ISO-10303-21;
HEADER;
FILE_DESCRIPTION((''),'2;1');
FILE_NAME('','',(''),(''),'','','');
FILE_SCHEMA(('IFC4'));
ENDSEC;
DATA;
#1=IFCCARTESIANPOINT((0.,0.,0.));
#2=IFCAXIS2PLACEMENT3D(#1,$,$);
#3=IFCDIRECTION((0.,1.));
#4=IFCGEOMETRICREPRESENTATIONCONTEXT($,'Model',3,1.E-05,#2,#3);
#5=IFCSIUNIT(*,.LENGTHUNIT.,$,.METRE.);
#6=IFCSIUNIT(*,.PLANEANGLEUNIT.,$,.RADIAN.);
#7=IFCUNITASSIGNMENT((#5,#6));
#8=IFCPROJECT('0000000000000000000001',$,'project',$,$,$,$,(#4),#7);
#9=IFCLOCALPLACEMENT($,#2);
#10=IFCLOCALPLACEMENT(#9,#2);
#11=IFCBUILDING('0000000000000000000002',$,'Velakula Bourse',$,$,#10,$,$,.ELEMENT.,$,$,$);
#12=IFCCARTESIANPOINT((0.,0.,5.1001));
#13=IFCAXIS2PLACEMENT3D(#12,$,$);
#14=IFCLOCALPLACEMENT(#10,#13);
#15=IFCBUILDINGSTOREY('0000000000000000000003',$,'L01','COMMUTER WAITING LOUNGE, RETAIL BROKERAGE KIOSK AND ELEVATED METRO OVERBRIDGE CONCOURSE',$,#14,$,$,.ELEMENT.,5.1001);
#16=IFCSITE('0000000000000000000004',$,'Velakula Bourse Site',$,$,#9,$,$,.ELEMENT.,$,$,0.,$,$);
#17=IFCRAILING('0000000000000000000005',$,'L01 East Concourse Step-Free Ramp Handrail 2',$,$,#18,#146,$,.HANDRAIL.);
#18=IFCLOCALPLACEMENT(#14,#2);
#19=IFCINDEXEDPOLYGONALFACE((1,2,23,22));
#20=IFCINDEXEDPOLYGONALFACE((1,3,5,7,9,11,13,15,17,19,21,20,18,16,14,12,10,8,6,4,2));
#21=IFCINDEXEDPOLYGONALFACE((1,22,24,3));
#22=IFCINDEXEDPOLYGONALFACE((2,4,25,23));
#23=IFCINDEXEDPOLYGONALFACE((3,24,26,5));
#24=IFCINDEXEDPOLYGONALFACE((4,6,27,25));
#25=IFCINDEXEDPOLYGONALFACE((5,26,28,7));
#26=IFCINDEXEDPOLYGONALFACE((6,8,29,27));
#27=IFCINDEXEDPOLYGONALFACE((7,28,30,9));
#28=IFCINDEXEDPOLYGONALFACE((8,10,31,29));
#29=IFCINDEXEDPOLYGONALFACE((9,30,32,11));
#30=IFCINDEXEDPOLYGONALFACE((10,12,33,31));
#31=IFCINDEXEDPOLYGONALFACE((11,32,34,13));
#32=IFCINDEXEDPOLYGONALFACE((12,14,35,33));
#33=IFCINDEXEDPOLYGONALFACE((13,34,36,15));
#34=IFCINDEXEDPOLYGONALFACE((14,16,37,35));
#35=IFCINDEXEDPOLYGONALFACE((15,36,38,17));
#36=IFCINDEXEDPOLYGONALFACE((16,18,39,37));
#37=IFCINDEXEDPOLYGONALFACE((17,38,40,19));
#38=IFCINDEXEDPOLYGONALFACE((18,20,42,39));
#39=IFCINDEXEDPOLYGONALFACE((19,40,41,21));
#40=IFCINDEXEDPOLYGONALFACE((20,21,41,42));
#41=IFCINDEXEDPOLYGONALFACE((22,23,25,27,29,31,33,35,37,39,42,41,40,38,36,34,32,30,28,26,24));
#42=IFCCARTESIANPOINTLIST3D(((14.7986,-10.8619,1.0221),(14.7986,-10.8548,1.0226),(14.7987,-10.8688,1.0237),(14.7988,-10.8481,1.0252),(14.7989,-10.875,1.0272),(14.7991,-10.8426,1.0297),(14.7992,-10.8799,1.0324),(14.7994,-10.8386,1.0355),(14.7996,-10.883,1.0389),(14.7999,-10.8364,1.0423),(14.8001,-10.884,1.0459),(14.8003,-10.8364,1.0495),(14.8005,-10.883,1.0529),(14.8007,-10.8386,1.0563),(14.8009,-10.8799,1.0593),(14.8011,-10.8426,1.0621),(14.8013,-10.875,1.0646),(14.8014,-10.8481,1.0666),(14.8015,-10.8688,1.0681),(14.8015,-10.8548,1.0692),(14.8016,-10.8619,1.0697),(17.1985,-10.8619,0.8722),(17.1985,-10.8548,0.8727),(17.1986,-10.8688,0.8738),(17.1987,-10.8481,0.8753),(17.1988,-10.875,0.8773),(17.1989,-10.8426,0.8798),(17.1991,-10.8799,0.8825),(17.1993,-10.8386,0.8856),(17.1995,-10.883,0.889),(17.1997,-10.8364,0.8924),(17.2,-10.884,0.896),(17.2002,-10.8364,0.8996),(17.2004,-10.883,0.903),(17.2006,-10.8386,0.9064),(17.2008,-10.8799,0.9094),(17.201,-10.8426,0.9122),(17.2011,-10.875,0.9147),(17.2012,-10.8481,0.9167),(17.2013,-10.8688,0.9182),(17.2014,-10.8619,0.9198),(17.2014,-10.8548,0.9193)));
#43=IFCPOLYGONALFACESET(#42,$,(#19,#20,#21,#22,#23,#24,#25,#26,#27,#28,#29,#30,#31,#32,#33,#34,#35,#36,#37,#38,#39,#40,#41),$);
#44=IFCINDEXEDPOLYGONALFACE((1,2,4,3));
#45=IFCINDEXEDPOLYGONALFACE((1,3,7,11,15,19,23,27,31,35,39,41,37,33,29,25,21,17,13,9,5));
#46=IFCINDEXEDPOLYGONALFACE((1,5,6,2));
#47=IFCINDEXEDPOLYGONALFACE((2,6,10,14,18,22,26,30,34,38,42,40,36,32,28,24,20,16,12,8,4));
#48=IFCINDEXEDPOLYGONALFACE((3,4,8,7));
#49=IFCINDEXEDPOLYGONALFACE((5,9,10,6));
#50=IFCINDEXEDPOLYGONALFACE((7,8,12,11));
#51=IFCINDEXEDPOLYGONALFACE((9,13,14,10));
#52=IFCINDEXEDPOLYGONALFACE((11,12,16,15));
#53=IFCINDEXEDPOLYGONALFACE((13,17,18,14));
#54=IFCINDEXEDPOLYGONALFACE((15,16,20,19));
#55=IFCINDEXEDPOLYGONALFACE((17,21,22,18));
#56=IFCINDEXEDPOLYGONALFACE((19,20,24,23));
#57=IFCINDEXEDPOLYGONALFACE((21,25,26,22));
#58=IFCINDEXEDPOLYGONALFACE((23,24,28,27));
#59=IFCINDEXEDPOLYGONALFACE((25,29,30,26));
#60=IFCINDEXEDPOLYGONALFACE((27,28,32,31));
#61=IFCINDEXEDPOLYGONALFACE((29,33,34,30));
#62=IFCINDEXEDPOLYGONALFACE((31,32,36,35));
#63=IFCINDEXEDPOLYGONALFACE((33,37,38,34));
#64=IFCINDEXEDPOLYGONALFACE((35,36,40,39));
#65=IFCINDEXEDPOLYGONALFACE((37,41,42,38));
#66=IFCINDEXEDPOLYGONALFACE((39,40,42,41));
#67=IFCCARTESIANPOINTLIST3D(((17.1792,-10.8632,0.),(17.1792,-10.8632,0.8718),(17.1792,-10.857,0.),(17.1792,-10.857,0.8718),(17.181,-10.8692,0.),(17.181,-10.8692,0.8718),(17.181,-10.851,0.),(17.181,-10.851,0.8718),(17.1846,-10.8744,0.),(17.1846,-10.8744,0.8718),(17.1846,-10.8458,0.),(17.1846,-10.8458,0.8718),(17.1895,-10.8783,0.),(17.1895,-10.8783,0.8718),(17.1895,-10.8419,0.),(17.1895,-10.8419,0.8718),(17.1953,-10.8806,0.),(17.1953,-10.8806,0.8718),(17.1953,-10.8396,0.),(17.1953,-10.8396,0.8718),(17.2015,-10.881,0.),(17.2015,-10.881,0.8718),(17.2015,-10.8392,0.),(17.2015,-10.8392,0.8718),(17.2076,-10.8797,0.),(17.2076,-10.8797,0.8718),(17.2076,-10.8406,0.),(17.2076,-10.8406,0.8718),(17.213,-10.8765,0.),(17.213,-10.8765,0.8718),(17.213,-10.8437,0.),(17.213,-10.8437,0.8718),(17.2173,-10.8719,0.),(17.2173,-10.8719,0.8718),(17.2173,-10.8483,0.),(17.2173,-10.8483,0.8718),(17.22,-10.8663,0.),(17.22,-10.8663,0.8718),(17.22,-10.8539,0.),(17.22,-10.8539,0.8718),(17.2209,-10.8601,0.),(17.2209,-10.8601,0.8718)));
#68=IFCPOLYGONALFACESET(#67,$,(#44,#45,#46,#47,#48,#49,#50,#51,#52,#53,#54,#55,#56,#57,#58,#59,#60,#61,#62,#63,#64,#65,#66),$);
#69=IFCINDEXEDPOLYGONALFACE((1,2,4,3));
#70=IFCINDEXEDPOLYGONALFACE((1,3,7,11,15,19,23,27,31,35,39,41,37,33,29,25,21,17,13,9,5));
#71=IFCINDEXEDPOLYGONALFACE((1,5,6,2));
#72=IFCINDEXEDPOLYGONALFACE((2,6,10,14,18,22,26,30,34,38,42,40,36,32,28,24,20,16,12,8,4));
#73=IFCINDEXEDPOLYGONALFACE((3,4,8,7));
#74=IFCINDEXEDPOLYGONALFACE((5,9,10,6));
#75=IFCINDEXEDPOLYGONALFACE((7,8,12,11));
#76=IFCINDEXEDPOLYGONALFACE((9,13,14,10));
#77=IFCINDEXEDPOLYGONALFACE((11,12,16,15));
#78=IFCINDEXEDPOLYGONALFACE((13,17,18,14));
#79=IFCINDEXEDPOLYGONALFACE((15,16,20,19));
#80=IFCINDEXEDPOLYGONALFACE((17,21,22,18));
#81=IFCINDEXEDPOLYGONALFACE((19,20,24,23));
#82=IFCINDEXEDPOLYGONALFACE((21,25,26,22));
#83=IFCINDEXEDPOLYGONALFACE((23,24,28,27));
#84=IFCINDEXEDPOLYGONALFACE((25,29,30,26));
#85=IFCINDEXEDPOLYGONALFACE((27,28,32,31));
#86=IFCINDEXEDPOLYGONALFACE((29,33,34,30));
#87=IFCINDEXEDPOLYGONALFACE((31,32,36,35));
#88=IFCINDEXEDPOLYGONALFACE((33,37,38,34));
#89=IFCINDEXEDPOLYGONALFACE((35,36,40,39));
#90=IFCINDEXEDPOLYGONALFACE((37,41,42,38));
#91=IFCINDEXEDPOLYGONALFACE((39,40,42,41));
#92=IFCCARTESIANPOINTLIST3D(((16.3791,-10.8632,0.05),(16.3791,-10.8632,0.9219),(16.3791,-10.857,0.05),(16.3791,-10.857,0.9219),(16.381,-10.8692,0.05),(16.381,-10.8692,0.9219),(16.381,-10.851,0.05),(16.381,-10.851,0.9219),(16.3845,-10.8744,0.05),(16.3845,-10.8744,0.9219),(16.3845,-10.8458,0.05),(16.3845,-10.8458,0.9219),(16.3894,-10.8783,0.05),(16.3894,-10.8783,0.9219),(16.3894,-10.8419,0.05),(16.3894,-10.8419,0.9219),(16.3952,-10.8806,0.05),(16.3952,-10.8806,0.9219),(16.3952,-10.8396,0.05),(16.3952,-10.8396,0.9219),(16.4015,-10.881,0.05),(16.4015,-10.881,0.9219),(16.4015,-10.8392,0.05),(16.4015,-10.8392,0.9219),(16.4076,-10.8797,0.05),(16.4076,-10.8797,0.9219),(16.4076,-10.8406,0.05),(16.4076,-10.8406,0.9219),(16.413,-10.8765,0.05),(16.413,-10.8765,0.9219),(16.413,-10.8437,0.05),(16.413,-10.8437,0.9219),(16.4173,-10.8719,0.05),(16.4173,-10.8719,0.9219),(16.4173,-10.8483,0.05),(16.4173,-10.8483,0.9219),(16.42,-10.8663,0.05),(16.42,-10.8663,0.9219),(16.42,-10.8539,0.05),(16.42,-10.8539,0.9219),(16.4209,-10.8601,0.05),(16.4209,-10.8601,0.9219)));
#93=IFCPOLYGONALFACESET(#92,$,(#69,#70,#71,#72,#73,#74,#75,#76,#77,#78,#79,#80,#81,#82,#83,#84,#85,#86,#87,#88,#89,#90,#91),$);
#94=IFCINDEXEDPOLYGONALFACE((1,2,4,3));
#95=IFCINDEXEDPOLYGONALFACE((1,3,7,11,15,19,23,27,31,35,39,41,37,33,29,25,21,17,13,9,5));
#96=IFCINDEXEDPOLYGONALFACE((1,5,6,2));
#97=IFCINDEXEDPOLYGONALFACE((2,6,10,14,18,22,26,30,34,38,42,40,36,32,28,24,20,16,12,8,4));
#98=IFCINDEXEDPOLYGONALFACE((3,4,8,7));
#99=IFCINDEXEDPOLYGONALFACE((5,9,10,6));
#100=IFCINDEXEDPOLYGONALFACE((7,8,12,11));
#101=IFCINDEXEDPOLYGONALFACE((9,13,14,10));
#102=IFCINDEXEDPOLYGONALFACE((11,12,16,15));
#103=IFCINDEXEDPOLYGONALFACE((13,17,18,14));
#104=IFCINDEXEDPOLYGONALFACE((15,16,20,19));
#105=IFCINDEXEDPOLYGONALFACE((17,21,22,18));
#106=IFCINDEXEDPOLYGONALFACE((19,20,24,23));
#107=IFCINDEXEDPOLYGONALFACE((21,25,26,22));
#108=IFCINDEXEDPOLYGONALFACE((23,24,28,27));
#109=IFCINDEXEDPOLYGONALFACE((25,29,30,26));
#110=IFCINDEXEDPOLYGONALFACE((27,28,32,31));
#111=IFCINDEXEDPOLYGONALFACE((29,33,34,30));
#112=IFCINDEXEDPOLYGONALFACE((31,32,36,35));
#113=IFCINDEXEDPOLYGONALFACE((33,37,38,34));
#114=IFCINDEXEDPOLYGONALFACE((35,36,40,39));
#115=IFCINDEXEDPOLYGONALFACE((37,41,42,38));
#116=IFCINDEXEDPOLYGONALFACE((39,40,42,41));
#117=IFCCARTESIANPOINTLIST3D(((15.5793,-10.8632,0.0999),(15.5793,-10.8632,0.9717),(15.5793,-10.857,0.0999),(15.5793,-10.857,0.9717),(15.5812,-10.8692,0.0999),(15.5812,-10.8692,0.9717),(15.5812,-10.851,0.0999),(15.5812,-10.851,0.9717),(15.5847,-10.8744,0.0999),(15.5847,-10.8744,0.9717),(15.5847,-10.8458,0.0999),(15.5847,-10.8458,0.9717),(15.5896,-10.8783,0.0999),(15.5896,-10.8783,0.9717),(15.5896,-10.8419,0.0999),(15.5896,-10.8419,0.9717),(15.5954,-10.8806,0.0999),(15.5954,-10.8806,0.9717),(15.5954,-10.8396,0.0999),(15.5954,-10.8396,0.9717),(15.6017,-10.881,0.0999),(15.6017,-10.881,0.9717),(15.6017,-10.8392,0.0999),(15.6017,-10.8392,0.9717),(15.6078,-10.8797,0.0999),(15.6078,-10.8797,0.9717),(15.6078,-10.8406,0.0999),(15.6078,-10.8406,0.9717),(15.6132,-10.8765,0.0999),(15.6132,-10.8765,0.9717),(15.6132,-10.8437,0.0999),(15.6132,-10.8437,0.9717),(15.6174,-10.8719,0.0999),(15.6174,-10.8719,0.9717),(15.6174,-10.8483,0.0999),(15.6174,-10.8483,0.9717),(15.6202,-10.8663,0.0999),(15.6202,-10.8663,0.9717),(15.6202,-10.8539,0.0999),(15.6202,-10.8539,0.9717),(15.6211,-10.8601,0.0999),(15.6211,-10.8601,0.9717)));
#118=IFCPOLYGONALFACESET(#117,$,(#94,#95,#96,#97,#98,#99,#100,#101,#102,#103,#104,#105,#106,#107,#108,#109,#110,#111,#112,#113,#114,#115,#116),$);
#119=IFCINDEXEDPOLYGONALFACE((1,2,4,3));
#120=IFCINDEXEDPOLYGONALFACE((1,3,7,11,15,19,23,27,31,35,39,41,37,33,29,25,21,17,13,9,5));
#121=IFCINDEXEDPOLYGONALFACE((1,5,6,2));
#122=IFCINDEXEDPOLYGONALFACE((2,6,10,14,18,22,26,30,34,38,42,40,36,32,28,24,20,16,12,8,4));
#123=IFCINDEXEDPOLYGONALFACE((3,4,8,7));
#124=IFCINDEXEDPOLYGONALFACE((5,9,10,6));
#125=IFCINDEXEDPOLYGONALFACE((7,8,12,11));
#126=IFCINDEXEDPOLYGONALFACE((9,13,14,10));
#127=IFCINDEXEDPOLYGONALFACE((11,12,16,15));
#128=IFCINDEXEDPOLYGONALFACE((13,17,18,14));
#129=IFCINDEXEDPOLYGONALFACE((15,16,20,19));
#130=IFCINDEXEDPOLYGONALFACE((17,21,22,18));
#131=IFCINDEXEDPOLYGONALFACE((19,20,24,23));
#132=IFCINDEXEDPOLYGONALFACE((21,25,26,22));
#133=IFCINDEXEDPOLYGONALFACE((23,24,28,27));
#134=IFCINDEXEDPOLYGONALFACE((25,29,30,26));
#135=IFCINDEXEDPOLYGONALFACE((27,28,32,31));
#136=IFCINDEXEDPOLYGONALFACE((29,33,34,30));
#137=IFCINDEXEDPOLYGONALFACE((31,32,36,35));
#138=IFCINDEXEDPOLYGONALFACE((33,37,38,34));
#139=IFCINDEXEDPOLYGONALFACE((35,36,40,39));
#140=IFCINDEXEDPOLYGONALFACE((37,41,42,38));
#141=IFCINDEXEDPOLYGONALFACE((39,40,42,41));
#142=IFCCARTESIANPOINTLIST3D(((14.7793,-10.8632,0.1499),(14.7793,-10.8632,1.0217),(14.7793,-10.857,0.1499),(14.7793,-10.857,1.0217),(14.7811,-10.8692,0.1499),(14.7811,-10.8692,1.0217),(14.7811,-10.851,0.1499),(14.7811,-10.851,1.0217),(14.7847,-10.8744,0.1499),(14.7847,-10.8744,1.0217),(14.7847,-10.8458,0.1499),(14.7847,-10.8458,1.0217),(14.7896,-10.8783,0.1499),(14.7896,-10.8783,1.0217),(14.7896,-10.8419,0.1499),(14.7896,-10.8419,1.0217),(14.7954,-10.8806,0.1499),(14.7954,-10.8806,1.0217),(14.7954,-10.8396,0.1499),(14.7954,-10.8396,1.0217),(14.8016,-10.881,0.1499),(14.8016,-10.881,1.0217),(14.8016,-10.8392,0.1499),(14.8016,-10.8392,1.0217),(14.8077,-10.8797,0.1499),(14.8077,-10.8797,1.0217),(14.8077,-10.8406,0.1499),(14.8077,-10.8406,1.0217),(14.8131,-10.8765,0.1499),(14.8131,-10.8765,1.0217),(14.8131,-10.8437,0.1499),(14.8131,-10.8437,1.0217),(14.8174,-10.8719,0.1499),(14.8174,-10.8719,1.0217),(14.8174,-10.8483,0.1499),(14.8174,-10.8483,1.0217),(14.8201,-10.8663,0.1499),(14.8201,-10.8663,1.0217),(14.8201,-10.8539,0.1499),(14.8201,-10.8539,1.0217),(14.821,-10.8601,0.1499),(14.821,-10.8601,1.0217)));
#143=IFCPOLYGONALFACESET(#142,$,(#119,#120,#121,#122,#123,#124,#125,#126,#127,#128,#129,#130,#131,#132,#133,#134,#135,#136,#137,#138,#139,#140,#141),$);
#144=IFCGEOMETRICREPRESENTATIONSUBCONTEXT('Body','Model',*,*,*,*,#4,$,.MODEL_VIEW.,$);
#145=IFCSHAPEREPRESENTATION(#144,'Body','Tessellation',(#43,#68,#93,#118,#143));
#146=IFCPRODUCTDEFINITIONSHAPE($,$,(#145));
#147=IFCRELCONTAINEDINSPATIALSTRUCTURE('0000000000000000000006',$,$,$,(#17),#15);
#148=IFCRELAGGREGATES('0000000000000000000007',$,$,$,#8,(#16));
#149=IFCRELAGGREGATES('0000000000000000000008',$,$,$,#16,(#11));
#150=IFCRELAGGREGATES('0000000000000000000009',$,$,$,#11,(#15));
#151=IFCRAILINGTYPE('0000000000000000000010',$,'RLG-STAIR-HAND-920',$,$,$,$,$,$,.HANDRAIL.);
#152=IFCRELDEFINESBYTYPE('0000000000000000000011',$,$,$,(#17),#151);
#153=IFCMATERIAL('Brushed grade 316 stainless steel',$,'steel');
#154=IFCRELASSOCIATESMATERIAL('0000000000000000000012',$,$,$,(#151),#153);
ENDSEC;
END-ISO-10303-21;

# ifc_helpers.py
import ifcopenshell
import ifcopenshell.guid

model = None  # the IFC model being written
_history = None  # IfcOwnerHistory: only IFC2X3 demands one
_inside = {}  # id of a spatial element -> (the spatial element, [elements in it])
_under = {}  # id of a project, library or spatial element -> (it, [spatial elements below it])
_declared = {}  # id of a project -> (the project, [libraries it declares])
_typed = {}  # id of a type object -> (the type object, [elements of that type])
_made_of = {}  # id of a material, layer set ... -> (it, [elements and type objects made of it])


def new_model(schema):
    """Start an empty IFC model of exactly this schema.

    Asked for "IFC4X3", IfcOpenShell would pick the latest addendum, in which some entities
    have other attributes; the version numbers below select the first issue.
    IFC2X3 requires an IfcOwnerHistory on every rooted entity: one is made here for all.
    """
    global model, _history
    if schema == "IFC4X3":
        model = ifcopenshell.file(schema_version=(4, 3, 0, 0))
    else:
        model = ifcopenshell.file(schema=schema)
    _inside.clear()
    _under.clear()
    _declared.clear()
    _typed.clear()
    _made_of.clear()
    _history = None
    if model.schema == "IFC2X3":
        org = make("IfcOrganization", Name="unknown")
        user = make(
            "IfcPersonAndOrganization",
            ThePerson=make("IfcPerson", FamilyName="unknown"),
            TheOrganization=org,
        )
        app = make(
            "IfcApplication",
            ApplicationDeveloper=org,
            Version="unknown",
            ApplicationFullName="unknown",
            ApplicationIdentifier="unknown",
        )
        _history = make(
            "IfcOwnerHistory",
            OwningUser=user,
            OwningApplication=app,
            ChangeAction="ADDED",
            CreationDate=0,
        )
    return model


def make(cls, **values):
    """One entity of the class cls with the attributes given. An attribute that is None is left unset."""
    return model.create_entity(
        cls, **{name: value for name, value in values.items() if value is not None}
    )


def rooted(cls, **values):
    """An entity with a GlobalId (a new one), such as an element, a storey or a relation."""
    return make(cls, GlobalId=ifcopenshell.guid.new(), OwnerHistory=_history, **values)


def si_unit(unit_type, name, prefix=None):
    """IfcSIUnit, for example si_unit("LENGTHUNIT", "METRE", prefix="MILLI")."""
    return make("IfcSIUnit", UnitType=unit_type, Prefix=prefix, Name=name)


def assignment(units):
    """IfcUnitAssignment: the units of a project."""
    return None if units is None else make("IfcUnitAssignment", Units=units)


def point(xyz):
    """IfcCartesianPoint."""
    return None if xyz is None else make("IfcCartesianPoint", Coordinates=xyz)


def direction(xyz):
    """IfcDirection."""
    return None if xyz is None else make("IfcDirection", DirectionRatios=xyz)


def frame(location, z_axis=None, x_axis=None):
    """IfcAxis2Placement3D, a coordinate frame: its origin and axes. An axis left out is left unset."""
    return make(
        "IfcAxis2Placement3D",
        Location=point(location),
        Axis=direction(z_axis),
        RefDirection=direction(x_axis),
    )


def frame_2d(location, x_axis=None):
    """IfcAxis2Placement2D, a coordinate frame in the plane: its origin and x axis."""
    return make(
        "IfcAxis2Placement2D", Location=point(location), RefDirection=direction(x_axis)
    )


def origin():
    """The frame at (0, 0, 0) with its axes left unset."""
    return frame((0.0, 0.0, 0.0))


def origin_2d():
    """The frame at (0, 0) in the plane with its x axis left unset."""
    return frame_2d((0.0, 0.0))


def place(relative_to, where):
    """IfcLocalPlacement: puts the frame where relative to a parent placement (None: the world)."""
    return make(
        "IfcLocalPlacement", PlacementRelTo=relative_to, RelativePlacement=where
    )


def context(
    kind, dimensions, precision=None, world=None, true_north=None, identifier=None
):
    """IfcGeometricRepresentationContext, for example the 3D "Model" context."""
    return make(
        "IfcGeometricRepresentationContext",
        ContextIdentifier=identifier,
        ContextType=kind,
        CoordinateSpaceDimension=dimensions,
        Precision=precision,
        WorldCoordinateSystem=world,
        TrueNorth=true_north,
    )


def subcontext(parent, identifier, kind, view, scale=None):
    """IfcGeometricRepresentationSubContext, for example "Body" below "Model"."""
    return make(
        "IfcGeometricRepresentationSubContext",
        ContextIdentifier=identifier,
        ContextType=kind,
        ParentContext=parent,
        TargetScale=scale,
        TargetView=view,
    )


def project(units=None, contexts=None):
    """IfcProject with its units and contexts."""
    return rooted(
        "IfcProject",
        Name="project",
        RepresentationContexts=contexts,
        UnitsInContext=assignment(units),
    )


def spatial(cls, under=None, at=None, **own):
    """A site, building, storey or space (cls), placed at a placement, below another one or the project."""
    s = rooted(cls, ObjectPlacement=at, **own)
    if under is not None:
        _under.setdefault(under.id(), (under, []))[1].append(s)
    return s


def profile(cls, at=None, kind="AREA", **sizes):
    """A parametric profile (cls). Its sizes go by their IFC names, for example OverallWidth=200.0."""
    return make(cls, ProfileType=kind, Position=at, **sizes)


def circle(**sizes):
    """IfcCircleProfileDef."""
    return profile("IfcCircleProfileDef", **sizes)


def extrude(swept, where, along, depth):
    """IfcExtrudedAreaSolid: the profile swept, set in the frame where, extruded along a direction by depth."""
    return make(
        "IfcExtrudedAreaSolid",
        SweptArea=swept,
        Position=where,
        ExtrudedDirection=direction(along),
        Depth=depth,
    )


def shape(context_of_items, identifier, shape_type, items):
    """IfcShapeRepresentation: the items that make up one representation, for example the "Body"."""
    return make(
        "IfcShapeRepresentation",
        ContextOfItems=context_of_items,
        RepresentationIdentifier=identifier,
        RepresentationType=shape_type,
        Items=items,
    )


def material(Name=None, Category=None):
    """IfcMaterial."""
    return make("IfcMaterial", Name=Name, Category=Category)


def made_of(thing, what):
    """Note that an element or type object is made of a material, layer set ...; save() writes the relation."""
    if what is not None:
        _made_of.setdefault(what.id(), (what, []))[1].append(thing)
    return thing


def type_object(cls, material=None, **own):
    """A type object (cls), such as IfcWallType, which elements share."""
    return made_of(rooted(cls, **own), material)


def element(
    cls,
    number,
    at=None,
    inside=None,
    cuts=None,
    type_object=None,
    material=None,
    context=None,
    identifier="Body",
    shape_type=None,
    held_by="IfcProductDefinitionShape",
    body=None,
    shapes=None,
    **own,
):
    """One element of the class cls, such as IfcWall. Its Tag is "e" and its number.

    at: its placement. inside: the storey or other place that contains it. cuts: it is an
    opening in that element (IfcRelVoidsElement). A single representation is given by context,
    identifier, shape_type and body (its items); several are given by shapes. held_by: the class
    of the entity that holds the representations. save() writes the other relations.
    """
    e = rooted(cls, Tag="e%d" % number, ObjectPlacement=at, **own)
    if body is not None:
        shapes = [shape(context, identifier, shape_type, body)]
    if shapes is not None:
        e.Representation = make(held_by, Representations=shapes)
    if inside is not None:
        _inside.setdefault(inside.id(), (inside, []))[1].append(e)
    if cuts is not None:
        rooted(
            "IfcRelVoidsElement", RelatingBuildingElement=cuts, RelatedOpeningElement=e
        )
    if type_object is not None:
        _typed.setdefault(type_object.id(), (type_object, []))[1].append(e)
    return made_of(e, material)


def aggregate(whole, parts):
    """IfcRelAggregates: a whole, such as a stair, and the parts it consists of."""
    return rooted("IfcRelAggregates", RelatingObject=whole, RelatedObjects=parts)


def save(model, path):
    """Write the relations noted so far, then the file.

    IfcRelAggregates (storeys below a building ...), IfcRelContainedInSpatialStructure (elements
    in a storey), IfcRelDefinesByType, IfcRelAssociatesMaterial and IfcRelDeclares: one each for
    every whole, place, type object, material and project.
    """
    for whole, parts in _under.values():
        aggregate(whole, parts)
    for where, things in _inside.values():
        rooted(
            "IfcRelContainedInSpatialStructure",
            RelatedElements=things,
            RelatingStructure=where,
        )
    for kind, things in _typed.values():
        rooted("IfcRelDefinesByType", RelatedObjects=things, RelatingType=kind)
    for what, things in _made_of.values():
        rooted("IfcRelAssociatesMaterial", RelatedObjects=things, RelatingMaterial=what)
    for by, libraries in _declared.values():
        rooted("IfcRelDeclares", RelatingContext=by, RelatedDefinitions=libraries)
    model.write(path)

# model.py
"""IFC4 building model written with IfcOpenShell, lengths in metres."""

from ifc_helpers import new_model, si_unit, direction, frame, origin, origin_2d, place, context, subcontext, project, spatial, circle, extrude, material, type_object, element, save


model = new_model("IFC4")

# Units and contexts
model_context = context("Model", 3, precision=1e-05, world=origin(), true_north=direction((0.0, 1.0)))
body_context = subcontext(model_context, "Body", "Model", "MODEL_VIEW")
ifc_project = project(units=[si_unit("LENGTHUNIT", "METRE"), si_unit("PLANEANGLEUNIT", "RADIAN")], contexts=[model_context])

# Site, building, storey
site_placement = place(None, origin())
site = spatial("IfcSite", under=ifc_project, at=site_placement, Name="Velakula Bourse Site", CompositionType="ELEMENT", RefElevation=0.0)
building_placement = place(site_placement, origin())
building = spatial("IfcBuilding", under=site, at=building_placement, Name="Velakula Bourse", CompositionType="ELEMENT")
storey_placement = place(building_placement, frame((0.0, 0.0, 5.1001)))
storey = spatial("IfcBuildingStorey", under=building, at=storey_placement, Name="L01", Description="COMMUTER WAITING LOUNGE, RETAIL BROKERAGE KIOSK AND ELEVATED METRO OVERBRIDGE CONCOURSE", CompositionType="ELEMENT", Elevation=5.1001)

# Shared definitions
ifc_material_1 = material(Name="Brushed grade 316 stainless steel", Category="steel")

# Railing
railing_type_1 = type_object("IfcRailingType", Name="RLG-STAIR-HAND-920", PredefinedType="HANDRAIL", material=ifc_material_1)
railing_1_placement = place(storey_placement, frame((17.2, -10.8601, 0.0)))
element("IfcRailing", 1, at=railing_1_placement, inside=storey, type_object=railing_type_1, Name="L01 East Concourse Step-Free Ramp Handrail 2", PredefinedType="HANDRAIL", context=body_context, shape_type="SweptSolid", body=[
    extrude(circle(Radius=0.0239, at=origin_2d()), frame((0.0, 0.0, 0.896), z_axis=(-0.998055, 0.0, 0.06234), x_axis=(0.0, -1.0, 0.0)), (0.0, 0.0, 1.0), 2.4045),
    extrude(circle(Radius=0.021, at=origin_2d()), origin(), (0.0, 0.0, 1.0), 0.8718),
    extrude(circle(Radius=0.021, at=origin_2d()), frame((-0.8, 0.0, 0.05)), (0.0, 0.0, 1.0), 0.8718),
    extrude(circle(Radius=0.021, at=origin_2d()), frame((-1.5999, 0.0, 0.0999)), (0.0, 0.0, 1.0), 0.8718),
    extrude(circle(Radius=0.021, at=origin_2d()), frame((-2.3999, 0.0, 0.1499)), (0.0, 0.0, 1.0), 0.8718),
])

save(model, "model.ifc")
